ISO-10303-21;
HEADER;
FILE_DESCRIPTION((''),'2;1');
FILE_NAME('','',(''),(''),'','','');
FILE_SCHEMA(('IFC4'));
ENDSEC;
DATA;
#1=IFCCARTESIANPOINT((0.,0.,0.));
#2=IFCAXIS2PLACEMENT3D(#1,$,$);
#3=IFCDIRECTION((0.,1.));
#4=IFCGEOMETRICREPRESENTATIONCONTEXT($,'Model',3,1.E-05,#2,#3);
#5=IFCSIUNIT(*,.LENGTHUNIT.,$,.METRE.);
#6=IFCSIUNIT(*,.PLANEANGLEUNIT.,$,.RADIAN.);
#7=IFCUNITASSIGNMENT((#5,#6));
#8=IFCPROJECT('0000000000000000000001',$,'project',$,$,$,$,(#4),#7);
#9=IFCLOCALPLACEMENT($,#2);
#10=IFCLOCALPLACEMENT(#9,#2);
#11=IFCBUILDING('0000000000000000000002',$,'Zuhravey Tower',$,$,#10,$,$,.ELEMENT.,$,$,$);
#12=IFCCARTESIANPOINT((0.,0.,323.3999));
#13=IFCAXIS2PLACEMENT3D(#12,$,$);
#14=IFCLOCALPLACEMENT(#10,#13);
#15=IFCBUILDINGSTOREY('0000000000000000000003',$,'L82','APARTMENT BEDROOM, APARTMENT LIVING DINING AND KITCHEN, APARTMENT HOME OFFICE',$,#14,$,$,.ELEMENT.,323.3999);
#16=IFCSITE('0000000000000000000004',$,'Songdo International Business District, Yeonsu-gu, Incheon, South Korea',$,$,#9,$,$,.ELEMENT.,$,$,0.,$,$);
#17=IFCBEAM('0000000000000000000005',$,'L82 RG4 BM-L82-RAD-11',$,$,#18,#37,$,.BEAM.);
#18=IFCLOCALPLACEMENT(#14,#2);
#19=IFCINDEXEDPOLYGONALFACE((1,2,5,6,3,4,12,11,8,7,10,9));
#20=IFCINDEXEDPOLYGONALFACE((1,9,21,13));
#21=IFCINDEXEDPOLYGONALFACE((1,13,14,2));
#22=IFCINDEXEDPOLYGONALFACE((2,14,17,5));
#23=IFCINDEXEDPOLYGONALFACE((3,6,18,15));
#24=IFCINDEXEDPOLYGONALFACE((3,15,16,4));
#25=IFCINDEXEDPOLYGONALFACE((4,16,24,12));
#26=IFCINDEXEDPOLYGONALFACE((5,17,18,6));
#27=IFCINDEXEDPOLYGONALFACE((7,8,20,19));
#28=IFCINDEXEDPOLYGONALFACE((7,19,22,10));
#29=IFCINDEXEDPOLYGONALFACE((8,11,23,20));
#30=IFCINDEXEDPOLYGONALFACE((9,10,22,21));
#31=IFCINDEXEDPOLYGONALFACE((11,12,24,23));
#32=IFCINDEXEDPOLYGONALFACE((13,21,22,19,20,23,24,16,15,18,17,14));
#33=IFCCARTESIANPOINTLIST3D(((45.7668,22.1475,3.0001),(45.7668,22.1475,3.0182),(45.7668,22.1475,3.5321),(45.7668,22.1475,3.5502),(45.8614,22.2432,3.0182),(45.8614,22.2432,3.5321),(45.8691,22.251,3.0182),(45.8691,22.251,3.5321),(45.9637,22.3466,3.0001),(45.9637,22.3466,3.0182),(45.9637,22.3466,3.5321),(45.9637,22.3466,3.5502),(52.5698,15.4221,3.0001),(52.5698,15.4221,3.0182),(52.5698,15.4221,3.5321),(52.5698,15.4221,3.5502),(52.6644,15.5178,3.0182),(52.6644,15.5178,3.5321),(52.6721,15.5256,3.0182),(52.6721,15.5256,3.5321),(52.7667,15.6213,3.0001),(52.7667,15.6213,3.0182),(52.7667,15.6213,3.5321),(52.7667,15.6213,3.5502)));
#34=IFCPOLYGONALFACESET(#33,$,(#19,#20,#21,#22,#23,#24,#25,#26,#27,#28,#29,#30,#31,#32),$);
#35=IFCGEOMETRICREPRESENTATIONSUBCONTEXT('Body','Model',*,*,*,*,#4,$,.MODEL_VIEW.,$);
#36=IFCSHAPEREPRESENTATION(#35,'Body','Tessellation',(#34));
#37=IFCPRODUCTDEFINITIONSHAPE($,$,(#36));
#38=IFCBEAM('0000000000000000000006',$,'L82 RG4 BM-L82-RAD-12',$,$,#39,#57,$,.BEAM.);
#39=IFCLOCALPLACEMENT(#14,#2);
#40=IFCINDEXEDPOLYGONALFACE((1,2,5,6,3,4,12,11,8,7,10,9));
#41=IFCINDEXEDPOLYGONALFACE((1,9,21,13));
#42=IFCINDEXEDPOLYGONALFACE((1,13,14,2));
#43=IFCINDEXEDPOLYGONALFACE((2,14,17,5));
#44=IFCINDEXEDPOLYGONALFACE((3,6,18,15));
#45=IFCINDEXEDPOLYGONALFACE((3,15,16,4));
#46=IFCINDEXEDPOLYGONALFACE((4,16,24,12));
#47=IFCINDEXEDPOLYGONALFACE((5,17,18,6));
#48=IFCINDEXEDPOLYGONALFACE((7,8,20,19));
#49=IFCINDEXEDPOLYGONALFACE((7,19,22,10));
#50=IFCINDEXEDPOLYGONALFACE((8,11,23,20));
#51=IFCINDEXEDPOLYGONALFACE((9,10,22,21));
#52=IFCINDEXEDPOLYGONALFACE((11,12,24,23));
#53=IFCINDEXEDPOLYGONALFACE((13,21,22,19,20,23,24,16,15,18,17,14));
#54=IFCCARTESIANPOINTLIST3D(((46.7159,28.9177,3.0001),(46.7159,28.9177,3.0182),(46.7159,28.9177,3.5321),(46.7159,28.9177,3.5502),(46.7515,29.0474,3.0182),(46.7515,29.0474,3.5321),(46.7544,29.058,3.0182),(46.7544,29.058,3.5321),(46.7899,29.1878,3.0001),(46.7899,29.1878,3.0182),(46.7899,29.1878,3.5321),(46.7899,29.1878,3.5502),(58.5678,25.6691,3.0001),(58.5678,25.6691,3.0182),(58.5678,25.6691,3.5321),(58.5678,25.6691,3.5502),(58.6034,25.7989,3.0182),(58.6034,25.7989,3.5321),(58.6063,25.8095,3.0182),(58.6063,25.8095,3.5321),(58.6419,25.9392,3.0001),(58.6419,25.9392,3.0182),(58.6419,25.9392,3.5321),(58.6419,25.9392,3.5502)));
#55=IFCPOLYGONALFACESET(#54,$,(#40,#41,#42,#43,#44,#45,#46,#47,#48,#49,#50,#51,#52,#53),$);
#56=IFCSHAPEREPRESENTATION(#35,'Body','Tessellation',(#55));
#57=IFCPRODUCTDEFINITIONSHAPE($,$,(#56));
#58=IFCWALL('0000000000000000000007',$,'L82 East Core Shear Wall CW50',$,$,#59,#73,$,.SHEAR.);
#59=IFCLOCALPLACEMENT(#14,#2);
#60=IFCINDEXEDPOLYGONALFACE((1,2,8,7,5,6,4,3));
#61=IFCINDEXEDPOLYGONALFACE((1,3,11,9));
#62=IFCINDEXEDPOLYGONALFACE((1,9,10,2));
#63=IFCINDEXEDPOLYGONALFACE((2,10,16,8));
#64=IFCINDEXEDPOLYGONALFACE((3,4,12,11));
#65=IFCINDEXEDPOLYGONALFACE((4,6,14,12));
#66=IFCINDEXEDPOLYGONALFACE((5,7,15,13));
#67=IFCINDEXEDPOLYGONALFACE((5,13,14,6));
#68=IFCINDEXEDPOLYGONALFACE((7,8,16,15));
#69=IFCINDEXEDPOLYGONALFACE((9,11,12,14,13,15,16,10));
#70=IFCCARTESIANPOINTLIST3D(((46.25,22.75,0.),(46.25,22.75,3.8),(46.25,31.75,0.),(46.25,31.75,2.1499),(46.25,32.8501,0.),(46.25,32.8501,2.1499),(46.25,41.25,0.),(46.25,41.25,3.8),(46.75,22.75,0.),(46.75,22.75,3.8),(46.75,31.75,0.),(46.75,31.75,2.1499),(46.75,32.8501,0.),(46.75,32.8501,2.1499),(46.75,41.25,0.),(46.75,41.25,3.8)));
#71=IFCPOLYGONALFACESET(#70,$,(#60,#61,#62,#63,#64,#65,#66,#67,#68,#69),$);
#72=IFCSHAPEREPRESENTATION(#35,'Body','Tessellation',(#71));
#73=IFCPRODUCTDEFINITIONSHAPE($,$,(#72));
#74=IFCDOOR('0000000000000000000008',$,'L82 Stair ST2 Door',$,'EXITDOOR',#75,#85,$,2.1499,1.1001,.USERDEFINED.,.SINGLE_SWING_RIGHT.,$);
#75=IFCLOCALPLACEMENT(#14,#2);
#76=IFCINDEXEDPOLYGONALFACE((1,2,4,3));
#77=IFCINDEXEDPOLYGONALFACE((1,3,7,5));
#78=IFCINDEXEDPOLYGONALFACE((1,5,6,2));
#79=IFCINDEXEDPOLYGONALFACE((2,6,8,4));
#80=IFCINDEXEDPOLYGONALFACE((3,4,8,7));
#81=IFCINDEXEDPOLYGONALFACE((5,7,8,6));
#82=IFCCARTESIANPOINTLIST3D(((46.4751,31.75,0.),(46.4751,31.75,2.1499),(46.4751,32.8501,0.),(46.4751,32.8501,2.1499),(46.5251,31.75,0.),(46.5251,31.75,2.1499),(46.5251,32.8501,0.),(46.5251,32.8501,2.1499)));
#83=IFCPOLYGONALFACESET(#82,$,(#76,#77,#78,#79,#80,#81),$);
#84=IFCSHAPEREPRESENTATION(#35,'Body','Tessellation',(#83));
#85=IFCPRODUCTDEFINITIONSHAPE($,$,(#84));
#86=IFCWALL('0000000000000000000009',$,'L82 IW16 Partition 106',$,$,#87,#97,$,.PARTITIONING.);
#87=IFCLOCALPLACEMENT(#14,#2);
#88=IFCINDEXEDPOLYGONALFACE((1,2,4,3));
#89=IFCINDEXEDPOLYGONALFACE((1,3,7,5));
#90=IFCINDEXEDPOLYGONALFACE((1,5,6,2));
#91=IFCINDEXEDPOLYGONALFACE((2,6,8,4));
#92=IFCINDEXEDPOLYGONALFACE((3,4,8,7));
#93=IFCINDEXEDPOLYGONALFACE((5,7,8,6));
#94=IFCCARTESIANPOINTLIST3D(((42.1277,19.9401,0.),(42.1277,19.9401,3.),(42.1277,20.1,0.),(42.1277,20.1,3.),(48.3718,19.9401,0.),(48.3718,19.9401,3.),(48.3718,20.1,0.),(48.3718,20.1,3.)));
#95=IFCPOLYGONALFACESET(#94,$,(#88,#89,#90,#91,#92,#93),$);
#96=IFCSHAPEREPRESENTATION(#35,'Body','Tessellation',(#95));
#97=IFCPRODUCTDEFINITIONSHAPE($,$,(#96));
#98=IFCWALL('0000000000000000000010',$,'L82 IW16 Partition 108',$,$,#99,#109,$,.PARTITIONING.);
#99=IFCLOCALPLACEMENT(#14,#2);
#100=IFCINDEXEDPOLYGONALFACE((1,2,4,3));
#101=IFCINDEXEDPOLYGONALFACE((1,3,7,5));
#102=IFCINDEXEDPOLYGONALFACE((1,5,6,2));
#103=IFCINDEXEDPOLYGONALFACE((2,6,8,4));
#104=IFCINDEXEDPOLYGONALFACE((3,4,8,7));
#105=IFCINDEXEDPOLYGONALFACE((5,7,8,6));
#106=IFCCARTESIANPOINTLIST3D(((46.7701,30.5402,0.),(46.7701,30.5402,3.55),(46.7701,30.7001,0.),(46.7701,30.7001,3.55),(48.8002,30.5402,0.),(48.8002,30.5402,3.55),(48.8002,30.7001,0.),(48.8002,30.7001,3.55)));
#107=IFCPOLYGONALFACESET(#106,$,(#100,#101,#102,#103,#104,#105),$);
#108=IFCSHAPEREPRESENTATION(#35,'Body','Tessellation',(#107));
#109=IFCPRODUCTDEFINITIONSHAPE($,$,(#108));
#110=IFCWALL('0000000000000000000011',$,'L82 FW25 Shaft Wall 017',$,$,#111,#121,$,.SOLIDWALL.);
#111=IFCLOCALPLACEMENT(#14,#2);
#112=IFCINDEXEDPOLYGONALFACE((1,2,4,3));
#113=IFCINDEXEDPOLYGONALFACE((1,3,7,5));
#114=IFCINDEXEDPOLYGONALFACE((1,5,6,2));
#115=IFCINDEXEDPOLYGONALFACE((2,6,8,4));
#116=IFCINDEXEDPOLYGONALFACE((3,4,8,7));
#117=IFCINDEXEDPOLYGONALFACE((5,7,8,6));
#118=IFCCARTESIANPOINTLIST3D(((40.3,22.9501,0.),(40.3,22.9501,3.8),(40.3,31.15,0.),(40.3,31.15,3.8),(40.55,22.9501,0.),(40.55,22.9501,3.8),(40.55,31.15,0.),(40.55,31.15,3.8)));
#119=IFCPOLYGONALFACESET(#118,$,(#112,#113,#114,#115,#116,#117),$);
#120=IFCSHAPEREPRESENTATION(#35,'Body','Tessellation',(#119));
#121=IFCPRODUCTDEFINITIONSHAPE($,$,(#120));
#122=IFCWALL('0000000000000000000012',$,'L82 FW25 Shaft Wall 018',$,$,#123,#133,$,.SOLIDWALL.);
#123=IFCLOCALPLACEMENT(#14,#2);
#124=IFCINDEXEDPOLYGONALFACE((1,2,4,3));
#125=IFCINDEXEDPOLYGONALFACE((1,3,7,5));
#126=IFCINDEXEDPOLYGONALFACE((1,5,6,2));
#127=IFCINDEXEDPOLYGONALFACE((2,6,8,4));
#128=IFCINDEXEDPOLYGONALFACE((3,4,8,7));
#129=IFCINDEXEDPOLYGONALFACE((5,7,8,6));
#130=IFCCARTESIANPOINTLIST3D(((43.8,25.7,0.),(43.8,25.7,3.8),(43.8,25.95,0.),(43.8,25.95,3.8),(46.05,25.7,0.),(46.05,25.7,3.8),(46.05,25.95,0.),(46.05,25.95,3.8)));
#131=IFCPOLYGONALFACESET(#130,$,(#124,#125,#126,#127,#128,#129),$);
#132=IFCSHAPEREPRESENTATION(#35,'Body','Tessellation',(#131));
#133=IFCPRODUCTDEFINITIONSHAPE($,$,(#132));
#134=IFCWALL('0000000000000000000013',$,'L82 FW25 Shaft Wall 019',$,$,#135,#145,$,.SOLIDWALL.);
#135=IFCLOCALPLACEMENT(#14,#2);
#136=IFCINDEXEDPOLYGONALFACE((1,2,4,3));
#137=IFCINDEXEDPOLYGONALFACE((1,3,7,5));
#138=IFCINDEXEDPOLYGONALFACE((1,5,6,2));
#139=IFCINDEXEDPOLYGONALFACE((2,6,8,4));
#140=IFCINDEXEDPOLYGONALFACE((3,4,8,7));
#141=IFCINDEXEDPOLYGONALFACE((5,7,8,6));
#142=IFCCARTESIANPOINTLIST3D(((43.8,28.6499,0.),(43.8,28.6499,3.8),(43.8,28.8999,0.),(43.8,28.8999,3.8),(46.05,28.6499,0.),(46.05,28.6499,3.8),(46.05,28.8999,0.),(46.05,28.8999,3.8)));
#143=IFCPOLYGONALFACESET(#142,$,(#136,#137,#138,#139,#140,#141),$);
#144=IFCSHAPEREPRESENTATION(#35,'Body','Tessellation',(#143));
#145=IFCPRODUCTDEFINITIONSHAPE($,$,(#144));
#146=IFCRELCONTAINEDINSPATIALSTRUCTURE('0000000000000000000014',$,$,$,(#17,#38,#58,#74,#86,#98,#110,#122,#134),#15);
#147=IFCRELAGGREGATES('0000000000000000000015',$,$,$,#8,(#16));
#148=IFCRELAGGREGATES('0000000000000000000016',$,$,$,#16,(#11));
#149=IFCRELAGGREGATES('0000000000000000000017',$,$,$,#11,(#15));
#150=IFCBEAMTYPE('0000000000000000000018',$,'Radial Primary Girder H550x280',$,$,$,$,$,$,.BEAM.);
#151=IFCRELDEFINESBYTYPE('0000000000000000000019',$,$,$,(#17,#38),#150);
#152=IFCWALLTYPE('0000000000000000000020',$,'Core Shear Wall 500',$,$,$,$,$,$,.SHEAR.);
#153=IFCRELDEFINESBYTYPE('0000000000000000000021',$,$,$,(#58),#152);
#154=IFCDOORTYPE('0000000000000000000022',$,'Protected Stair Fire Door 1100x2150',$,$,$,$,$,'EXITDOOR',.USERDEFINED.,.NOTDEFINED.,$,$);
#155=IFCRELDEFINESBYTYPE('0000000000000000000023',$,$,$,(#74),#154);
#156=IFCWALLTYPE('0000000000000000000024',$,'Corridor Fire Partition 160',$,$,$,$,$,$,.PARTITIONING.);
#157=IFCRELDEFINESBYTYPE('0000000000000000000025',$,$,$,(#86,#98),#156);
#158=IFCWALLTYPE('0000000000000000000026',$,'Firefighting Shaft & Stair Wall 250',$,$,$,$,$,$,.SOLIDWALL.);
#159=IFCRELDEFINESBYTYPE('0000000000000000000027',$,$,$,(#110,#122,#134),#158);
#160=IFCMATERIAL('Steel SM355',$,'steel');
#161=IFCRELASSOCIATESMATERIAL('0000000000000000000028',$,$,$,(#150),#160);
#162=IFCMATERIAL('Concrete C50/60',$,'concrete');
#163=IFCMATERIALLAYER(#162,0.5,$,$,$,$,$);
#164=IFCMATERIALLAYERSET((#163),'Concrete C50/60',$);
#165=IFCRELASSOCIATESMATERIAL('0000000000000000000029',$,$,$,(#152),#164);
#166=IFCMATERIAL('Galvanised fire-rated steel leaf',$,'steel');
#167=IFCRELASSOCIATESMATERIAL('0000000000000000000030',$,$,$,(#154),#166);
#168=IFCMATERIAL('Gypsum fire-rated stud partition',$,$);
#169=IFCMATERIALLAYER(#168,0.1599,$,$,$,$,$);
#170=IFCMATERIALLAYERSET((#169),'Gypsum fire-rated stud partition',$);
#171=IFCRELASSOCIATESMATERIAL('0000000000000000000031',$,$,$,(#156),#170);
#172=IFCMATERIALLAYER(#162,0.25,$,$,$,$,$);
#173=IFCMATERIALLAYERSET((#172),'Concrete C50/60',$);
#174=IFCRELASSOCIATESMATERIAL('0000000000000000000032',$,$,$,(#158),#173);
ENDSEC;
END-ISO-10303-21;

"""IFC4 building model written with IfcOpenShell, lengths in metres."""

from ifc_helpers import new_model, si_unit, direction, frame, frame_2d, origin, origin_2d, place, context, subcontext, project, spatial, rectangle, i_section, extrude, material, layer, layer_set, material_profile, profile_set, type_object, element, fill, save


model = new_model("IFC4")

# Units and contexts
model_context = context("Model", 3, precision=1e-05, world=origin(), true_north=direction((0.0, 1.0)))
body_context = subcontext(model_context, "Body", "Model", "MODEL_VIEW")
ifc_project = project(units=[si_unit("LENGTHUNIT", "METRE"), si_unit("PLANEANGLEUNIT", "RADIAN")], contexts=[model_context])

# Site, building, storey
site_placement = place(None, origin())
site = spatial("IfcSite", under=ifc_project, at=site_placement, Name="Songdo International Business District, Yeonsu-gu, Incheon, South Korea", CompositionType="ELEMENT", RefElevation=0.0)
building_placement = place(site_placement, origin())
building = spatial("IfcBuilding", under=site, at=building_placement, Name="Zuhravey Tower", CompositionType="ELEMENT")
storey_placement = place(building_placement, frame((0.0, 0.0, 323.3999)))
storey = spatial("IfcBuildingStorey", under=building, at=storey_placement, Name="L82", Description="APARTMENT BEDROOM, APARTMENT LIVING DINING AND KITCHEN, APARTMENT HOME OFFICE", CompositionType="ELEMENT", Elevation=323.3999)

# Beams
ifc_material_1 = material(Name="Steel SM355", Category="steel")
ifc_material_profile = material_profile(ifc_material_1, i_section(OverallWidth=0.28, OverallDepth=0.55, WebThickness=0.011, FlangeThickness=0.0181, at=origin_2d()), Name="H-550x280x11x18")
ifc_profile_set = profile_set([ifc_material_profile], Name="Steel SM355")
beam_type = type_object("IfcBeamType", Name="Radial Primary Girder H550x280", PredefinedType="BEAM", material=ifc_profile_set)
beam_1_placement = place(storey_placement, frame((45.8652, 22.2471, 3.2751), z_axis=(0.711153, -0.703037, 0.0), x_axis=(0.703037, 0.711153, 0.0)))
element("IfcBeam", 1, at=beam_1_placement, inside=storey, type_object=beam_type, Name="L82 RG4 BM-L82-RAD-11", PredefinedType="BEAM", context=body_context, shape_type="SweptSolid", body=[
    extrude(i_section(OverallWidth=0.28, OverallDepth=0.55, WebThickness=0.011, FlangeThickness=0.0181, at=origin_2d()), origin(), (0.0, 0.0, 1.0), 9.5662),
])
beam_2_placement = place(storey_placement, frame((46.7529, 29.0527, 3.2751), z_axis=(0.964428, -0.264346, 0.0), x_axis=(0.264346, 0.964428, 0.0)))
element("IfcBeam", 2, at=beam_2_placement, inside=storey, type_object=beam_type, Name="L82 RG4 BM-L82-RAD-12", PredefinedType="BEAM", context=body_context, shape_type="SweptSolid", body=[
    extrude(i_section(OverallWidth=0.28, OverallDepth=0.55, WebThickness=0.011, FlangeThickness=0.0181, at=origin_2d()), origin(), (0.0, 0.0, 1.0), 12.2891),
])

# Wall, opening, door
ifc_material_2 = material(Name="Concrete C50/60", Category="concrete")
ifc_layer_1 = layer(ifc_material_2, 0.5)
ifc_layer_set_1 = layer_set([ifc_layer_1], Name="Concrete C50/60")
wall_type_1 = type_object("IfcWallType", Name="Core Shear Wall 500", PredefinedType="SHEAR", material=ifc_layer_set_1)
wall_1_placement = place(storey_placement, frame((46.5, 22.75, 0.0), z_axis=(0.0, 0.0, 1.0), x_axis=(0.0, 1.0, 0.0)))
wall_1 = element("IfcWall", 3, at=wall_1_placement, inside=storey, type_object=wall_type_1, Name="L82 East Core Shear Wall CW50", PredefinedType="SHEAR", context=body_context, shape_type="SweptSolid", body=[
    extrude(rectangle(XDim=18.5, YDim=0.5, at=frame_2d((9.25, 0.0))), origin(), (0.0, 0.0, 1.0), 3.8),
])
opening_1_placement = place(wall_1_placement, frame((9.0, 0.0, 0.0)))
opening_1 = element("IfcOpeningElement", 4, at=opening_1_placement, cuts=wall_1, PredefinedType="OPENING", context=body_context, shape_type="SweptSolid", body=[
    extrude(rectangle(XDim=1.1001, YDim=2.1499, at=frame_2d((0.55, 1.075))), frame((0.0, 0.262, 0.0), z_axis=(0.0, -1.0, 0.0), x_axis=(1.0, 0.0, 0.0)), (0.0, 0.0, 1.0), 0.5239),
])
ifc_material_3 = material(Name="Galvanised fire-rated steel leaf", Category="steel")
door_type_1 = type_object("IfcDoorType", Name="Protected Stair Fire Door 1100x2150", ElementType="EXITDOOR", OperationType="NOTDEFINED", PredefinedType="USERDEFINED", material=ifc_material_3)
door_1_placement = place(opening_1_placement, origin())
door_1 = element("IfcDoor", 5, at=door_1_placement, inside=storey, type_object=door_type_1, Name="L82 Stair ST2 Door", ObjectType="EXITDOOR", OperationType="SINGLE_SWING_RIGHT", OverallHeight=2.1499, OverallWidth=1.1001, PredefinedType="USERDEFINED", context=body_context, shape_type="SweptSolid", body=[
    extrude(rectangle(XDim=1.1001, YDim=2.1499, at=frame_2d((0.55, 1.075))), frame((0.0, 0.0249, 0.0), z_axis=(0.0, -1.0, 0.0), x_axis=(1.0, 0.0, 0.0)), (0.0, 0.0, 1.0), 0.05),
])
fill(opening_1, door_1)

# Walls
ifc_material_4 = material(Name="Gypsum fire-rated stud partition")
ifc_layer_2 = layer(ifc_material_4, 0.1599)
ifc_layer_set_2 = layer_set([ifc_layer_2], Name="Gypsum fire-rated stud partition")
wall_type_2 = type_object("IfcWallType", Name="Corridor Fire Partition 160", PredefinedType="PARTITIONING", material=ifc_layer_set_2)
wall_2_placement = place(storey_placement, frame((42.1277, 20.02, 0.0), z_axis=(0.0, 0.0, 1.0), x_axis=(1.0, 0.0, 0.0)))
element("IfcWall", 6, at=wall_2_placement, inside=storey, type_object=wall_type_2, Name="L82 IW16 Partition 106", PredefinedType="PARTITIONING", context=body_context, shape_type="SweptSolid", body=[
    extrude(rectangle(XDim=6.2441, YDim=0.1599, at=frame_2d((3.1221, 0.0))), origin(), (0.0, 0.0, 1.0), 3.0),
])
wall_3_placement = place(storey_placement, frame((46.77, 30.6201, 0.0), z_axis=(0.0, 0.0, 1.0), x_axis=(1.0, 0.0, 0.0)))
element("IfcWall", 7, at=wall_3_placement, inside=storey, type_object=wall_type_2, Name="L82 IW16 Partition 108", PredefinedType="PARTITIONING", context=body_context, shape_type="SweptSolid", body=[
    extrude(rectangle(XDim=2.03, YDim=0.1599, at=frame_2d((1.0151, 0.0))), origin(), (0.0, 0.0, 1.0), 3.55),
])
ifc_layer_3 = layer(ifc_material_2, 0.25)
ifc_layer_set_3 = layer_set([ifc_layer_3], Name="Concrete C50/60")
wall_type_3 = type_object("IfcWallType", Name="Firefighting Shaft & Stair Wall 250", PredefinedType="SOLIDWALL", material=ifc_layer_set_3)
wall_4_placement = place(storey_placement, frame((40.425, 22.95, 0.0), z_axis=(0.0, 0.0, 1.0), x_axis=(0.0, 1.0, 0.0)))
element("IfcWall", 8, at=wall_4_placement, inside=storey, type_object=wall_type_3, Name="L82 FW25 Shaft Wall 017", PredefinedType="SOLIDWALL", context=body_context, shape_type="SweptSolid", body=[
    extrude(rectangle(XDim=8.2, YDim=0.25, at=frame_2d((4.1001, 0.0))), origin(), (0.0, 0.0, 1.0), 3.8),
])
for number, where, z_axis, x_axis, name in (
    (9, (43.8, 25.825, 0.0), (0.0, 0.0, 1.0), (1.0, 0.0, 0.0), "L82 FW25 Shaft Wall 018"),
    (10, (43.8, 28.7749, 0.0), (0.0, 0.0, 1.0), (1.0, 0.0, 0.0), "L82 FW25 Shaft Wall 019"),
):
    element("IfcWall", number, at=place(storey_placement, frame(where, z_axis=z_axis, x_axis=x_axis)), inside=storey, type_object=wall_type_3, Name=name, PredefinedType="SOLIDWALL", context=body_context, shape_type="SweptSolid", body=[
        extrude(rectangle(XDim=2.25, YDim=0.25, at=frame_2d((1.125, 0.0))), origin(), (0.0, 0.0, 1.0), 3.8),
    ])

save(model, "model.ifc")
